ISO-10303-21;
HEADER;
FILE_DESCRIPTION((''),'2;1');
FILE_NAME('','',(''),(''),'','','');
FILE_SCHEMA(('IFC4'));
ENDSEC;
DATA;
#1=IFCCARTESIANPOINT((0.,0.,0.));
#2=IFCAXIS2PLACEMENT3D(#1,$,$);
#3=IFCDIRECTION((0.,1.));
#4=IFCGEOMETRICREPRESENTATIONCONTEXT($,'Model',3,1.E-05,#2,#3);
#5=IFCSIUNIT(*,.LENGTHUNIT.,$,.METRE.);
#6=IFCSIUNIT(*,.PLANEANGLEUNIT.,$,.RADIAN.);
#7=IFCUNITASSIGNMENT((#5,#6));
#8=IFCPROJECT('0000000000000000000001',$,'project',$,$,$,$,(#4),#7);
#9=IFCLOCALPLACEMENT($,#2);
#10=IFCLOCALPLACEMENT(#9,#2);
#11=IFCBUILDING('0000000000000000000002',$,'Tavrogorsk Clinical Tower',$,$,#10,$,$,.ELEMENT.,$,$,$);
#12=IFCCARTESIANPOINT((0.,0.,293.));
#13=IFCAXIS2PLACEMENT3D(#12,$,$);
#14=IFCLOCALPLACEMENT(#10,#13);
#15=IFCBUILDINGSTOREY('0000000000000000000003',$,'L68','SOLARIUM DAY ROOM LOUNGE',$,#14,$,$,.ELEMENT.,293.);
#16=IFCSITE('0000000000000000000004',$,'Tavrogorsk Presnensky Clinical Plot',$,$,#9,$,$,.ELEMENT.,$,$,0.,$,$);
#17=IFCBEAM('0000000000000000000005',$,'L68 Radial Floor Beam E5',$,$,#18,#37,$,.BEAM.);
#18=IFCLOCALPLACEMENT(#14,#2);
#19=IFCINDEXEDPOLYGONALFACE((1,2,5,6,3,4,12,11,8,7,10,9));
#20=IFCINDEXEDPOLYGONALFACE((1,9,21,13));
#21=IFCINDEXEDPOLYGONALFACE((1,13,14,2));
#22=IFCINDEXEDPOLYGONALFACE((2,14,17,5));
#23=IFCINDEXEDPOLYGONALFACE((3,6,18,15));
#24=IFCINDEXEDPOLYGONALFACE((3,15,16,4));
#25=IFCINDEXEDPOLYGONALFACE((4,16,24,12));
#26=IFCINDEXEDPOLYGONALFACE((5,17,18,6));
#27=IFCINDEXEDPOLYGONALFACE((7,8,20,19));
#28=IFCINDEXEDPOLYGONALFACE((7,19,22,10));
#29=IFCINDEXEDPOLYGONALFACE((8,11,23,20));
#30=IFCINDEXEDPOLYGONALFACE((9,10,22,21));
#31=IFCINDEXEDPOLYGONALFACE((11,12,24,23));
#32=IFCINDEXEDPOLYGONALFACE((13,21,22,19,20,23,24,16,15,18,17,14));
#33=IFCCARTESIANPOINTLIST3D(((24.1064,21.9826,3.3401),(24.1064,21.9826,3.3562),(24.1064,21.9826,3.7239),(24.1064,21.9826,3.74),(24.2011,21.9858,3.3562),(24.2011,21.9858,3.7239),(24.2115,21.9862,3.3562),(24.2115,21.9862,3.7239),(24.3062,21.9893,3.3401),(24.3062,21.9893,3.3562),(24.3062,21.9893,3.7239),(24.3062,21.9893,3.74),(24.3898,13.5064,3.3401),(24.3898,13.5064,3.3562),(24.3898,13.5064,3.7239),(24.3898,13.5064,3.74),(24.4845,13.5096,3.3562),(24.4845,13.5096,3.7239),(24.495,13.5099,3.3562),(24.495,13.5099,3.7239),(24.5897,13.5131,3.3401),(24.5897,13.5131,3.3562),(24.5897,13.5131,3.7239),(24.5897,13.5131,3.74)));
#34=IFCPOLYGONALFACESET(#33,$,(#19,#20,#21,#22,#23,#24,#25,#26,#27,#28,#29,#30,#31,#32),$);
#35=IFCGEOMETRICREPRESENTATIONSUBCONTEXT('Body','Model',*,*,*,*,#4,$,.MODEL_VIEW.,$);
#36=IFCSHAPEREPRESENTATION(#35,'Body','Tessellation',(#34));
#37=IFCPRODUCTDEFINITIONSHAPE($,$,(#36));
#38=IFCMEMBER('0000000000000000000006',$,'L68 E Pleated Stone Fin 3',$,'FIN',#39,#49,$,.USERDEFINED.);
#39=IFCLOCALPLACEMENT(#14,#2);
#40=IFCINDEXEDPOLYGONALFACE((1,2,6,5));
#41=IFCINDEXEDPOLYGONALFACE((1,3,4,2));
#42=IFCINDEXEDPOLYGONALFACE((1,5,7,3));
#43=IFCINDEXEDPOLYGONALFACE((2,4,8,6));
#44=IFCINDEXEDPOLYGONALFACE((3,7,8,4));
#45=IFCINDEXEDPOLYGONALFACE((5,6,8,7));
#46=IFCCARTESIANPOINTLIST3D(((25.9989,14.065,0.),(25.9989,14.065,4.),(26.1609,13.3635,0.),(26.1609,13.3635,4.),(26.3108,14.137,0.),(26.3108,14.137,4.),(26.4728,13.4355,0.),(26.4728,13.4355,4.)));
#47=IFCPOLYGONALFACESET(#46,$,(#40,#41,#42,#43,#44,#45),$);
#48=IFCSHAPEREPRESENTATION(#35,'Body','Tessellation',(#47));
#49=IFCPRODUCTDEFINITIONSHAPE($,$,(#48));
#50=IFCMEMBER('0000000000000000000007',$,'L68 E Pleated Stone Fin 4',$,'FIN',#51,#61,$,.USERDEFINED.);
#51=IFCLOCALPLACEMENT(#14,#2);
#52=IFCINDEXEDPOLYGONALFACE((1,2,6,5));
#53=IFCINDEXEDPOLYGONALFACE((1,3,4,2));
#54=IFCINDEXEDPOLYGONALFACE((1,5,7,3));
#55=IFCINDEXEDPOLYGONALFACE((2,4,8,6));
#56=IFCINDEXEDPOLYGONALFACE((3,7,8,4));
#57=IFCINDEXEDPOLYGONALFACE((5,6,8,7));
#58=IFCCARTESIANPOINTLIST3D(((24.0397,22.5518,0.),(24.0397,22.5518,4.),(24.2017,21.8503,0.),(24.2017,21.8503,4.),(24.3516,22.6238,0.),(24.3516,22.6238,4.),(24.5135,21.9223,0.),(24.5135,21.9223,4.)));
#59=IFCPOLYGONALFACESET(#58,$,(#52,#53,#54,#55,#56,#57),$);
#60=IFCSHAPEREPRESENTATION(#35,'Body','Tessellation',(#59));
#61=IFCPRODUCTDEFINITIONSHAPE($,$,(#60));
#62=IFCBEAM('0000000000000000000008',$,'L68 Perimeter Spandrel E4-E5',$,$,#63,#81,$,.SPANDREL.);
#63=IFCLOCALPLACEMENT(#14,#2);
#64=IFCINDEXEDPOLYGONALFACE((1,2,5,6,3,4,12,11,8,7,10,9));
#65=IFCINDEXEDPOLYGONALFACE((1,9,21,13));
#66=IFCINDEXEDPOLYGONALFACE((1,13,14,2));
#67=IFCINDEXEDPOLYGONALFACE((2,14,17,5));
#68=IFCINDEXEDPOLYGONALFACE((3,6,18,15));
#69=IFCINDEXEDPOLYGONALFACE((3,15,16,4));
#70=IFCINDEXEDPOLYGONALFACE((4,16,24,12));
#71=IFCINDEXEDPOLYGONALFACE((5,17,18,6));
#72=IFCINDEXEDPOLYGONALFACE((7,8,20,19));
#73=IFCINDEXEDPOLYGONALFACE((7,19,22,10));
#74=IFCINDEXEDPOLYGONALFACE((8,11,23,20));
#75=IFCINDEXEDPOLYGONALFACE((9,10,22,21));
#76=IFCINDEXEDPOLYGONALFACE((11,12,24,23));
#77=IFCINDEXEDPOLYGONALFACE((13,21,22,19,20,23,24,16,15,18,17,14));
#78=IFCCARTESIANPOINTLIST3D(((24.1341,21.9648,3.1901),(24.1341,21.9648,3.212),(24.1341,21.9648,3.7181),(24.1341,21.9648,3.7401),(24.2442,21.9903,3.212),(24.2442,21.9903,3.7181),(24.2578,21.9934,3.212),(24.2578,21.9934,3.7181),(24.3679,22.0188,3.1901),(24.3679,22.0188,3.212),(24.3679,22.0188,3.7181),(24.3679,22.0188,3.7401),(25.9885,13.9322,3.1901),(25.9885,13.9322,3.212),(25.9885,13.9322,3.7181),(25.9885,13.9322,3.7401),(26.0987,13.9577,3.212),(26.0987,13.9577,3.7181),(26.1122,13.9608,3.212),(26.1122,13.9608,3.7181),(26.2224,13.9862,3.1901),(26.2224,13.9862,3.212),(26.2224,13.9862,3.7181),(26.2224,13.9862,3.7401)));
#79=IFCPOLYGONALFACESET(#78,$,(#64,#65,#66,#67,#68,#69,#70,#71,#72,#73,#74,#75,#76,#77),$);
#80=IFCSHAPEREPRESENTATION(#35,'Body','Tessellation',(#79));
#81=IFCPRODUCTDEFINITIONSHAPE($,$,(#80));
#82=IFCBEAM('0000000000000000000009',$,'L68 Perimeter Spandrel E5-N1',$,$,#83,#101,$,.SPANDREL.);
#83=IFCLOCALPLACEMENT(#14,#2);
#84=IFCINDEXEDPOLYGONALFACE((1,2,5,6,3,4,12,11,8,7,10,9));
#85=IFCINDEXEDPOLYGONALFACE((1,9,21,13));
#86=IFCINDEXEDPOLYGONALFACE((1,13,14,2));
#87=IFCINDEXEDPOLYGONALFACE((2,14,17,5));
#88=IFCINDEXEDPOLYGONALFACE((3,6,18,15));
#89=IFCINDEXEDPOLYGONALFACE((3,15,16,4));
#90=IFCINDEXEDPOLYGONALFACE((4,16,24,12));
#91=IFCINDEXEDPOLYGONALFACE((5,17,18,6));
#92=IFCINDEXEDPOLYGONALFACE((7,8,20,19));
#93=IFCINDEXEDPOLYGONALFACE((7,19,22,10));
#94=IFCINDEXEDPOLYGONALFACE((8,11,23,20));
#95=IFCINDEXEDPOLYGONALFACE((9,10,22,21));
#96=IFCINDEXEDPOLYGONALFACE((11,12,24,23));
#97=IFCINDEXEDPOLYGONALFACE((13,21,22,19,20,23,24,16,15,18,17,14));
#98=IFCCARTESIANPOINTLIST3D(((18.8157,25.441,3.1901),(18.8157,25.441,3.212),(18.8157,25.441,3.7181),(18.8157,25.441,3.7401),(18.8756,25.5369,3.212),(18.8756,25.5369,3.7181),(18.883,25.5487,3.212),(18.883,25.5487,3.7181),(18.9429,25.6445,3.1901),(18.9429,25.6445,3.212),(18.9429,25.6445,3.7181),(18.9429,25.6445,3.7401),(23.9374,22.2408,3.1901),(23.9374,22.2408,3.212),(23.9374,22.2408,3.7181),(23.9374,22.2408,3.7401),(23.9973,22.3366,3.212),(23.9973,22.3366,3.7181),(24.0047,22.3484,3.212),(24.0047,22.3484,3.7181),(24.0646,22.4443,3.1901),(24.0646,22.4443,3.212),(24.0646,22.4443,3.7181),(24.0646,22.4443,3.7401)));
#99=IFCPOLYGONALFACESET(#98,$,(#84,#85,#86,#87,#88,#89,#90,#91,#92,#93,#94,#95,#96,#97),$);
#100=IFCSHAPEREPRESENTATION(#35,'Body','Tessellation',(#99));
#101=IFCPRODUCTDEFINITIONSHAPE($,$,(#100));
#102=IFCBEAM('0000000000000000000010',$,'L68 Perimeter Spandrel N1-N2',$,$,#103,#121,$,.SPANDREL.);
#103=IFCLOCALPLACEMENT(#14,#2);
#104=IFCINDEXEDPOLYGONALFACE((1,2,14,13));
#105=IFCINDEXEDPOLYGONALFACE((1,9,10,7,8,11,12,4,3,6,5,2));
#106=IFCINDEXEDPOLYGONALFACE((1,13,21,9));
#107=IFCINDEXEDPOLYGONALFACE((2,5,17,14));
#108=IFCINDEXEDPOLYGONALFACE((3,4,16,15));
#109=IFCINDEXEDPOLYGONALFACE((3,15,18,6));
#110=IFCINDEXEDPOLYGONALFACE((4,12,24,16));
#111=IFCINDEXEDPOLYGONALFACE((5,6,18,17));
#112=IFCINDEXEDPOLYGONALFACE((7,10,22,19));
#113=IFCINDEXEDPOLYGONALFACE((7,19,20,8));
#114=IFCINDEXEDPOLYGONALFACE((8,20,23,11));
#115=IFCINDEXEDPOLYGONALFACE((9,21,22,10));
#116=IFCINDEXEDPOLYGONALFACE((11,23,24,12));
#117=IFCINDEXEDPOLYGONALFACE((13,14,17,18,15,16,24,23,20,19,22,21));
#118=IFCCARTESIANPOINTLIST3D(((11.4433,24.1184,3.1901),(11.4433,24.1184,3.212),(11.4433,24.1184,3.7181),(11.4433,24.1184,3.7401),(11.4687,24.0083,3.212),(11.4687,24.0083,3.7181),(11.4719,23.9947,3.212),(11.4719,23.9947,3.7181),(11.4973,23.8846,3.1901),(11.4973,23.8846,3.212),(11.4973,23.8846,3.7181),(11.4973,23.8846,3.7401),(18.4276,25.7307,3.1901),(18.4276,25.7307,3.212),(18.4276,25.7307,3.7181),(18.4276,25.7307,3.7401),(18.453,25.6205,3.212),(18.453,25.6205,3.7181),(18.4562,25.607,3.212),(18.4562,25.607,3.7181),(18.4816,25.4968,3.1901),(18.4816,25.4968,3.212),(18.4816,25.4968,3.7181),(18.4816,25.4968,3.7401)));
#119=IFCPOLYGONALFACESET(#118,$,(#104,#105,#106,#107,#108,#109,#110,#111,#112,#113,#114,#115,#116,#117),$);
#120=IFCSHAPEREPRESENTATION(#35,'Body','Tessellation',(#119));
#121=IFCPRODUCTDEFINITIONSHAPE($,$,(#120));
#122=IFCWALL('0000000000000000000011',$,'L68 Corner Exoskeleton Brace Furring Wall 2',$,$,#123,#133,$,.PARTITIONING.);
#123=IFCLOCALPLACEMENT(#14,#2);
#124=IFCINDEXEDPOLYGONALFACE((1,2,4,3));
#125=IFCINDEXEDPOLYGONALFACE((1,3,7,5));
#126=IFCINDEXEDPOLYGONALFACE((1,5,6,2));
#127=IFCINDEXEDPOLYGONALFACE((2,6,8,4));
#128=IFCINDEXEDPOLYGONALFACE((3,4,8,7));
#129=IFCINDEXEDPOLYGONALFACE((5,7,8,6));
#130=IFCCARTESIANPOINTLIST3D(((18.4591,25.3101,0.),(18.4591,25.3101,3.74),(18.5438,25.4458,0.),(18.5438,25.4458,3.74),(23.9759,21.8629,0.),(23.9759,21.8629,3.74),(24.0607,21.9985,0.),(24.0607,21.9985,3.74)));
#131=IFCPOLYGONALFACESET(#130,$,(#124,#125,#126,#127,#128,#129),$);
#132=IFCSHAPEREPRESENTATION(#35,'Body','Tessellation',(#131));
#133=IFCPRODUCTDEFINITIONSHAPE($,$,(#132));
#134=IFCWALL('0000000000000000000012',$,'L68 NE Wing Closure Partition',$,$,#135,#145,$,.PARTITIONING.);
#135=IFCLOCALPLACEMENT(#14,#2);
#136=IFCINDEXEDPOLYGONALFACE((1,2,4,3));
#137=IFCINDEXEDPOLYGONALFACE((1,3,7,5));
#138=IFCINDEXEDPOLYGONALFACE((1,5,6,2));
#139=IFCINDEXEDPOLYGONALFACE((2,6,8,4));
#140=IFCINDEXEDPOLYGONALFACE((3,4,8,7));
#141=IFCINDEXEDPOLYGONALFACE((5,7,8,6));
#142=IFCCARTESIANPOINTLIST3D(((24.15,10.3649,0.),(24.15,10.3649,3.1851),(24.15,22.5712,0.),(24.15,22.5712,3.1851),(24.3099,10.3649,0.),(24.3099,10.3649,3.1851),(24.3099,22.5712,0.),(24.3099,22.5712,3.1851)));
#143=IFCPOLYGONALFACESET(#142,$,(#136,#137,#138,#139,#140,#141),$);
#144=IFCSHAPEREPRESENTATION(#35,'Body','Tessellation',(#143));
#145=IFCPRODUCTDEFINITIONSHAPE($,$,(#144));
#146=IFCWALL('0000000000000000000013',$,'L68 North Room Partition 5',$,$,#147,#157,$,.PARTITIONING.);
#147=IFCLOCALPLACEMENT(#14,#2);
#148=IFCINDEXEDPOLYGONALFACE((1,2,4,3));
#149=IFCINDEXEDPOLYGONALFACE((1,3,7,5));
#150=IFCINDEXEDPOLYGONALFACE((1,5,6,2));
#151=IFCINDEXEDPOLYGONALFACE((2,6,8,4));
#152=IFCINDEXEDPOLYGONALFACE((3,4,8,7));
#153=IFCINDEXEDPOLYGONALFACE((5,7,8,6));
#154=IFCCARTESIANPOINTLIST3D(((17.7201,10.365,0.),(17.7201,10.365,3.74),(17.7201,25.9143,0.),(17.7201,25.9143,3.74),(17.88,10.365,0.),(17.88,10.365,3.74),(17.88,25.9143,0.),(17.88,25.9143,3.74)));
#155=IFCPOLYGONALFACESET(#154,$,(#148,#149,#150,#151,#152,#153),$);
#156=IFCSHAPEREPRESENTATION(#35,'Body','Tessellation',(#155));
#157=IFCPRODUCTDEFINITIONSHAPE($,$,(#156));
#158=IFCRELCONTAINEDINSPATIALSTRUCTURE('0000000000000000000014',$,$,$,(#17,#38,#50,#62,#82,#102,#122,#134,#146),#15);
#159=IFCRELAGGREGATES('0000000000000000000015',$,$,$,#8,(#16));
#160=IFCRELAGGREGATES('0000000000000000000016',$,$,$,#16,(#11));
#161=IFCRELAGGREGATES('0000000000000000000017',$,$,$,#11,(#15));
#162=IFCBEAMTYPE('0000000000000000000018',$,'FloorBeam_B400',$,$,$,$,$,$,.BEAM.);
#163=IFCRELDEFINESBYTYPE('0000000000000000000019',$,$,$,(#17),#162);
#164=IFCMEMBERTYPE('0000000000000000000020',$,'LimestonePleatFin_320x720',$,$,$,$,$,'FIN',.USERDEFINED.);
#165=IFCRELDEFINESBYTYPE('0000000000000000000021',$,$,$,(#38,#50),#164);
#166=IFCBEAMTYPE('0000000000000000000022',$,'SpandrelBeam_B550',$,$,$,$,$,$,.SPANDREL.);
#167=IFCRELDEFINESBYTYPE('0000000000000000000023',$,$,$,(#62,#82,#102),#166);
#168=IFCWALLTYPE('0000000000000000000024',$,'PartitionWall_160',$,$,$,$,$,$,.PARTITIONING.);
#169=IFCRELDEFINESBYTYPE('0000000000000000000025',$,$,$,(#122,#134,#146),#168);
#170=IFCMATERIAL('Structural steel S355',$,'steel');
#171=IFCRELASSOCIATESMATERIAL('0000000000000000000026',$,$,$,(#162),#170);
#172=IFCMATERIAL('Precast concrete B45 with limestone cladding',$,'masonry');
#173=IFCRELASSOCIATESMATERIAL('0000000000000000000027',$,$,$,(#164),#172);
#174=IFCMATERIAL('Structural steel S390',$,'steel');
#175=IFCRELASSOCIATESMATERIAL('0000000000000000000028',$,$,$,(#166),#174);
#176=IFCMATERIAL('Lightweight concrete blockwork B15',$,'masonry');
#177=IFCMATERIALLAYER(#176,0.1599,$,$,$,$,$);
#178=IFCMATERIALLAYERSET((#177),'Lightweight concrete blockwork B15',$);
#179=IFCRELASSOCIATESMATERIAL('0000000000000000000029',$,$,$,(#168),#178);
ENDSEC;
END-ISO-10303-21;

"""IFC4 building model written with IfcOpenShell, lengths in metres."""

from ifc_helpers import new_model, si_unit, direction, frame, frame_2d, origin, origin_2d, place, context, subcontext, project, spatial, rectangle, i_section, extrude, material, layer, layer_set, material_profile, profile_set, type_object, element, save


model = new_model("IFC4")

# Units and contexts
model_context = context("Model", 3, precision=1e-05, world=origin(), true_north=direction((0.0, 1.0)))
body_context = subcontext(model_context, "Body", "Model", "MODEL_VIEW")
ifc_project = project(units=[si_unit("LENGTHUNIT", "METRE"), si_unit("PLANEANGLEUNIT", "RADIAN")], contexts=[model_context])

# Site, building, storey
site_placement = place(None, origin())
site = spatial("IfcSite", under=ifc_project, at=site_placement, Name="Tavrogorsk Presnensky Clinical Plot", CompositionType="ELEMENT", RefElevation=0.0)
building_placement = place(site_placement, origin())
building = spatial("IfcBuilding", under=site, at=building_placement, Name="Tavrogorsk Clinical Tower", CompositionType="ELEMENT")
storey_placement = place(building_placement, frame((0.0, 0.0, 293.0)))
storey = spatial("IfcBuildingStorey", under=building, at=storey_placement, Name="L68", Description="SOLARIUM DAY ROOM LOUNGE", CompositionType="ELEMENT", Elevation=293.0)

# Beam
ifc_material_1 = material(Name="Structural steel S355", Category="steel")
ifc_material_profile_1 = material_profile(ifc_material_1, i_section(OverallWidth=0.2, OverallDepth=0.3999, WebThickness=0.0105, FlangeThickness=0.0161, at=origin_2d()), Name="B-400x200x10.5x16")
ifc_profile_set_1 = profile_set([ifc_material_profile_1], Name="Structural steel S355")
beam_type_1 = type_object("IfcBeamType", Name="FloorBeam_B400", PredefinedType="BEAM", material=ifc_profile_set_1)
beam_1_placement = place(storey_placement, frame((24.4897, 13.5098, 3.54), z_axis=(-0.033421, 0.999441, 0.0), x_axis=(-0.999441, -0.033421, 0.0)))
element("IfcBeam", 1, at=beam_1_placement, inside=storey, type_object=beam_type_1, Name="L68 Radial Floor Beam E5", PredefinedType="BEAM", context=body_context, shape_type="SweptSolid", body=[
    extrude(i_section(OverallWidth=0.2, OverallDepth=0.3999, WebThickness=0.0105, FlangeThickness=0.0161, at=origin_2d()), origin(), (0.0, 0.0, 1.0), 8.481),
])

# Members
ifc_material_2 = material(Name="Precast concrete B45 with limestone cladding", Category="masonry")
ifc_material_profile_2 = material_profile(ifc_material_2, rectangle(XDim=0.3201, YDim=0.72, at=origin_2d()), Name="LIMESTONE-FIN-320x720")
ifc_profile_set_2 = profile_set([ifc_material_profile_2], Name="Precast concrete B45 with limestone cladding")
member_type_1 = type_object("IfcMemberType", Name="LimestonePleatFin_320x720", ElementType="FIN", PredefinedType="USERDEFINED", material=ifc_profile_set_2)
for number, where, z_axis, x_axis, name in (
    (2, (26.2358, 13.7502, 0.0), (0.0, 0.0, 1.0), (0.97437, 0.224951, 0.0), "L68 E Pleated Stone Fin 3"),
    (3, (24.2766, 22.2371, 0.0), (0.0, 0.0, 1.0), (0.97437, 0.224951, 0.0), "L68 E Pleated Stone Fin 4"),
):
    element("IfcMember", number, at=place(storey_placement, frame(where, z_axis=z_axis, x_axis=x_axis)), inside=storey, type_object=member_type_1, Name=name, ObjectType="FIN", PredefinedType="USERDEFINED", context=body_context, shape_type="SweptSolid", body=[
        extrude(rectangle(XDim=0.3201, YDim=0.72, at=origin_2d()), origin(), (0.0, 0.0, 1.0), 4.0),
    ])

# Beams
ifc_material_3 = material(Name="Structural steel S390", Category="steel")
ifc_material_profile_3 = material_profile(ifc_material_3, i_section(OverallWidth=0.24, OverallDepth=0.55, WebThickness=0.0139, FlangeThickness=0.022, at=origin_2d()), Name="B-550x240x14x22")
ifc_profile_set_3 = profile_set([ifc_material_profile_3], Name="Structural steel S390")
beam_type_2 = type_object("IfcBeamType", Name="SpandrelBeam_B550", PredefinedType="SPANDREL", material=ifc_profile_set_3)
beam_2_placement = place(storey_placement, frame((26.1055, 13.9592, 3.4651), z_axis=(-0.22495, 0.97437, 0.0), x_axis=(-0.97437, -0.22495, 0.0)))
element("IfcBeam", 4, at=beam_2_placement, inside=storey, type_object=beam_type_2, Name="L68 Perimeter Spandrel E4-E5", PredefinedType="SPANDREL", context=body_context, shape_type="SweptSolid", body=[
    extrude(i_section(OverallWidth=0.24, OverallDepth=0.55, WebThickness=0.0139, FlangeThickness=0.022, at=origin_2d()), origin(), (0.0, 0.0, 1.0), 8.2439),
])
beam_3_placement = place(storey_placement, frame((24.001, 22.3425, 3.4651), z_axis=(-0.848057, 0.529904, 0.0), x_axis=(-0.529904, -0.848057, 0.0)))
element("IfcBeam", 5, at=beam_3_placement, inside=storey, type_object=beam_type_2, Name="L68 Perimeter Spandrel E5-N1", PredefinedType="SPANDREL", context=body_context, shape_type="SweptSolid", body=[
    extrude(i_section(OverallWidth=0.24, OverallDepth=0.55, WebThickness=0.0139, FlangeThickness=0.022, at=origin_2d()), origin(), (0.0, 0.0, 1.0), 6.0393),
])
beam_4_placement = place(storey_placement, frame((18.4546, 25.6138, 3.4651), z_axis=(-0.974375, -0.224929, 0.0), x_axis=(0.224929, -0.974375, 0.0)))
element("IfcBeam", 6, at=beam_4_placement, inside=storey, type_object=beam_type_2, Name="L68 Perimeter Spandrel N1-N2", PredefinedType="SPANDREL", context=body_context, shape_type="SweptSolid", body=[
    extrude(i_section(OverallWidth=0.24, OverallDepth=0.55, WebThickness=0.0139, FlangeThickness=0.022, at=origin_2d()), origin(), (0.0, 0.0, 1.0), 7.168),
])

# Walls
ifc_material_4 = material(Name="Lightweight concrete blockwork B15", Category="masonry")
ifc_layer_1 = layer(ifc_material_4, 0.1599)
ifc_layer_set_1 = layer_set([ifc_layer_1], Name="Lightweight concrete blockwork B15")
wall_type_1 = type_object("IfcWallType", Name="PartitionWall_160", PredefinedType="PARTITIONING", material=ifc_layer_set_1)
wall_1_placement = place(storey_placement, frame((24.0183, 21.9307, 0.0), z_axis=(0.0, 0.0, 1.0), x_axis=(-0.848051, 0.529915, 0.0)))
element("IfcWall", 7, at=wall_1_placement, inside=storey, type_object=wall_type_1, Name="L68 Corner Exoskeleton Brace Furring Wall 2", PredefinedType="PARTITIONING", context=body_context, shape_type="SweptSolid", body=[
    extrude(rectangle(XDim=6.5054, YDim=0.1599, at=frame_2d((3.2527, 0.0))), origin(), (0.0, 0.0, 1.0), 3.74),
])
wall_2_placement = place(storey_placement, frame((24.23, 10.365, 0.0), z_axis=(0.0, 0.0, 1.0), x_axis=(0.0, 1.0, 0.0)))
element("IfcWall", 8, at=wall_2_placement, inside=storey, type_object=wall_type_1, Name="L68 NE Wing Closure Partition", PredefinedType="PARTITIONING", context=body_context, shape_type="SweptSolid", body=[
    extrude(rectangle(XDim=12.2063, YDim=0.1599, at=frame_2d((6.103, 0.0))), origin(), (0.0, 0.0, 1.0), 3.1851),
])
wall_3_placement = place(storey_placement, frame((17.8, 10.365, 0.0), z_axis=(0.0, 0.0, 1.0), x_axis=(0.0, 1.0, 0.0)))
element("IfcWall", 9, at=wall_3_placement, inside=storey, type_object=wall_type_1, Name="L68 North Room Partition 5", PredefinedType="PARTITIONING", context=body_context, shape_type="SweptSolid", body=[
    extrude(rectangle(XDim=15.5493, YDim=0.1599, at=frame_2d((7.7747, 0.0))), origin(), (0.0, 0.0, 1.0), 3.74),
])

save(model, "model.ifc")
